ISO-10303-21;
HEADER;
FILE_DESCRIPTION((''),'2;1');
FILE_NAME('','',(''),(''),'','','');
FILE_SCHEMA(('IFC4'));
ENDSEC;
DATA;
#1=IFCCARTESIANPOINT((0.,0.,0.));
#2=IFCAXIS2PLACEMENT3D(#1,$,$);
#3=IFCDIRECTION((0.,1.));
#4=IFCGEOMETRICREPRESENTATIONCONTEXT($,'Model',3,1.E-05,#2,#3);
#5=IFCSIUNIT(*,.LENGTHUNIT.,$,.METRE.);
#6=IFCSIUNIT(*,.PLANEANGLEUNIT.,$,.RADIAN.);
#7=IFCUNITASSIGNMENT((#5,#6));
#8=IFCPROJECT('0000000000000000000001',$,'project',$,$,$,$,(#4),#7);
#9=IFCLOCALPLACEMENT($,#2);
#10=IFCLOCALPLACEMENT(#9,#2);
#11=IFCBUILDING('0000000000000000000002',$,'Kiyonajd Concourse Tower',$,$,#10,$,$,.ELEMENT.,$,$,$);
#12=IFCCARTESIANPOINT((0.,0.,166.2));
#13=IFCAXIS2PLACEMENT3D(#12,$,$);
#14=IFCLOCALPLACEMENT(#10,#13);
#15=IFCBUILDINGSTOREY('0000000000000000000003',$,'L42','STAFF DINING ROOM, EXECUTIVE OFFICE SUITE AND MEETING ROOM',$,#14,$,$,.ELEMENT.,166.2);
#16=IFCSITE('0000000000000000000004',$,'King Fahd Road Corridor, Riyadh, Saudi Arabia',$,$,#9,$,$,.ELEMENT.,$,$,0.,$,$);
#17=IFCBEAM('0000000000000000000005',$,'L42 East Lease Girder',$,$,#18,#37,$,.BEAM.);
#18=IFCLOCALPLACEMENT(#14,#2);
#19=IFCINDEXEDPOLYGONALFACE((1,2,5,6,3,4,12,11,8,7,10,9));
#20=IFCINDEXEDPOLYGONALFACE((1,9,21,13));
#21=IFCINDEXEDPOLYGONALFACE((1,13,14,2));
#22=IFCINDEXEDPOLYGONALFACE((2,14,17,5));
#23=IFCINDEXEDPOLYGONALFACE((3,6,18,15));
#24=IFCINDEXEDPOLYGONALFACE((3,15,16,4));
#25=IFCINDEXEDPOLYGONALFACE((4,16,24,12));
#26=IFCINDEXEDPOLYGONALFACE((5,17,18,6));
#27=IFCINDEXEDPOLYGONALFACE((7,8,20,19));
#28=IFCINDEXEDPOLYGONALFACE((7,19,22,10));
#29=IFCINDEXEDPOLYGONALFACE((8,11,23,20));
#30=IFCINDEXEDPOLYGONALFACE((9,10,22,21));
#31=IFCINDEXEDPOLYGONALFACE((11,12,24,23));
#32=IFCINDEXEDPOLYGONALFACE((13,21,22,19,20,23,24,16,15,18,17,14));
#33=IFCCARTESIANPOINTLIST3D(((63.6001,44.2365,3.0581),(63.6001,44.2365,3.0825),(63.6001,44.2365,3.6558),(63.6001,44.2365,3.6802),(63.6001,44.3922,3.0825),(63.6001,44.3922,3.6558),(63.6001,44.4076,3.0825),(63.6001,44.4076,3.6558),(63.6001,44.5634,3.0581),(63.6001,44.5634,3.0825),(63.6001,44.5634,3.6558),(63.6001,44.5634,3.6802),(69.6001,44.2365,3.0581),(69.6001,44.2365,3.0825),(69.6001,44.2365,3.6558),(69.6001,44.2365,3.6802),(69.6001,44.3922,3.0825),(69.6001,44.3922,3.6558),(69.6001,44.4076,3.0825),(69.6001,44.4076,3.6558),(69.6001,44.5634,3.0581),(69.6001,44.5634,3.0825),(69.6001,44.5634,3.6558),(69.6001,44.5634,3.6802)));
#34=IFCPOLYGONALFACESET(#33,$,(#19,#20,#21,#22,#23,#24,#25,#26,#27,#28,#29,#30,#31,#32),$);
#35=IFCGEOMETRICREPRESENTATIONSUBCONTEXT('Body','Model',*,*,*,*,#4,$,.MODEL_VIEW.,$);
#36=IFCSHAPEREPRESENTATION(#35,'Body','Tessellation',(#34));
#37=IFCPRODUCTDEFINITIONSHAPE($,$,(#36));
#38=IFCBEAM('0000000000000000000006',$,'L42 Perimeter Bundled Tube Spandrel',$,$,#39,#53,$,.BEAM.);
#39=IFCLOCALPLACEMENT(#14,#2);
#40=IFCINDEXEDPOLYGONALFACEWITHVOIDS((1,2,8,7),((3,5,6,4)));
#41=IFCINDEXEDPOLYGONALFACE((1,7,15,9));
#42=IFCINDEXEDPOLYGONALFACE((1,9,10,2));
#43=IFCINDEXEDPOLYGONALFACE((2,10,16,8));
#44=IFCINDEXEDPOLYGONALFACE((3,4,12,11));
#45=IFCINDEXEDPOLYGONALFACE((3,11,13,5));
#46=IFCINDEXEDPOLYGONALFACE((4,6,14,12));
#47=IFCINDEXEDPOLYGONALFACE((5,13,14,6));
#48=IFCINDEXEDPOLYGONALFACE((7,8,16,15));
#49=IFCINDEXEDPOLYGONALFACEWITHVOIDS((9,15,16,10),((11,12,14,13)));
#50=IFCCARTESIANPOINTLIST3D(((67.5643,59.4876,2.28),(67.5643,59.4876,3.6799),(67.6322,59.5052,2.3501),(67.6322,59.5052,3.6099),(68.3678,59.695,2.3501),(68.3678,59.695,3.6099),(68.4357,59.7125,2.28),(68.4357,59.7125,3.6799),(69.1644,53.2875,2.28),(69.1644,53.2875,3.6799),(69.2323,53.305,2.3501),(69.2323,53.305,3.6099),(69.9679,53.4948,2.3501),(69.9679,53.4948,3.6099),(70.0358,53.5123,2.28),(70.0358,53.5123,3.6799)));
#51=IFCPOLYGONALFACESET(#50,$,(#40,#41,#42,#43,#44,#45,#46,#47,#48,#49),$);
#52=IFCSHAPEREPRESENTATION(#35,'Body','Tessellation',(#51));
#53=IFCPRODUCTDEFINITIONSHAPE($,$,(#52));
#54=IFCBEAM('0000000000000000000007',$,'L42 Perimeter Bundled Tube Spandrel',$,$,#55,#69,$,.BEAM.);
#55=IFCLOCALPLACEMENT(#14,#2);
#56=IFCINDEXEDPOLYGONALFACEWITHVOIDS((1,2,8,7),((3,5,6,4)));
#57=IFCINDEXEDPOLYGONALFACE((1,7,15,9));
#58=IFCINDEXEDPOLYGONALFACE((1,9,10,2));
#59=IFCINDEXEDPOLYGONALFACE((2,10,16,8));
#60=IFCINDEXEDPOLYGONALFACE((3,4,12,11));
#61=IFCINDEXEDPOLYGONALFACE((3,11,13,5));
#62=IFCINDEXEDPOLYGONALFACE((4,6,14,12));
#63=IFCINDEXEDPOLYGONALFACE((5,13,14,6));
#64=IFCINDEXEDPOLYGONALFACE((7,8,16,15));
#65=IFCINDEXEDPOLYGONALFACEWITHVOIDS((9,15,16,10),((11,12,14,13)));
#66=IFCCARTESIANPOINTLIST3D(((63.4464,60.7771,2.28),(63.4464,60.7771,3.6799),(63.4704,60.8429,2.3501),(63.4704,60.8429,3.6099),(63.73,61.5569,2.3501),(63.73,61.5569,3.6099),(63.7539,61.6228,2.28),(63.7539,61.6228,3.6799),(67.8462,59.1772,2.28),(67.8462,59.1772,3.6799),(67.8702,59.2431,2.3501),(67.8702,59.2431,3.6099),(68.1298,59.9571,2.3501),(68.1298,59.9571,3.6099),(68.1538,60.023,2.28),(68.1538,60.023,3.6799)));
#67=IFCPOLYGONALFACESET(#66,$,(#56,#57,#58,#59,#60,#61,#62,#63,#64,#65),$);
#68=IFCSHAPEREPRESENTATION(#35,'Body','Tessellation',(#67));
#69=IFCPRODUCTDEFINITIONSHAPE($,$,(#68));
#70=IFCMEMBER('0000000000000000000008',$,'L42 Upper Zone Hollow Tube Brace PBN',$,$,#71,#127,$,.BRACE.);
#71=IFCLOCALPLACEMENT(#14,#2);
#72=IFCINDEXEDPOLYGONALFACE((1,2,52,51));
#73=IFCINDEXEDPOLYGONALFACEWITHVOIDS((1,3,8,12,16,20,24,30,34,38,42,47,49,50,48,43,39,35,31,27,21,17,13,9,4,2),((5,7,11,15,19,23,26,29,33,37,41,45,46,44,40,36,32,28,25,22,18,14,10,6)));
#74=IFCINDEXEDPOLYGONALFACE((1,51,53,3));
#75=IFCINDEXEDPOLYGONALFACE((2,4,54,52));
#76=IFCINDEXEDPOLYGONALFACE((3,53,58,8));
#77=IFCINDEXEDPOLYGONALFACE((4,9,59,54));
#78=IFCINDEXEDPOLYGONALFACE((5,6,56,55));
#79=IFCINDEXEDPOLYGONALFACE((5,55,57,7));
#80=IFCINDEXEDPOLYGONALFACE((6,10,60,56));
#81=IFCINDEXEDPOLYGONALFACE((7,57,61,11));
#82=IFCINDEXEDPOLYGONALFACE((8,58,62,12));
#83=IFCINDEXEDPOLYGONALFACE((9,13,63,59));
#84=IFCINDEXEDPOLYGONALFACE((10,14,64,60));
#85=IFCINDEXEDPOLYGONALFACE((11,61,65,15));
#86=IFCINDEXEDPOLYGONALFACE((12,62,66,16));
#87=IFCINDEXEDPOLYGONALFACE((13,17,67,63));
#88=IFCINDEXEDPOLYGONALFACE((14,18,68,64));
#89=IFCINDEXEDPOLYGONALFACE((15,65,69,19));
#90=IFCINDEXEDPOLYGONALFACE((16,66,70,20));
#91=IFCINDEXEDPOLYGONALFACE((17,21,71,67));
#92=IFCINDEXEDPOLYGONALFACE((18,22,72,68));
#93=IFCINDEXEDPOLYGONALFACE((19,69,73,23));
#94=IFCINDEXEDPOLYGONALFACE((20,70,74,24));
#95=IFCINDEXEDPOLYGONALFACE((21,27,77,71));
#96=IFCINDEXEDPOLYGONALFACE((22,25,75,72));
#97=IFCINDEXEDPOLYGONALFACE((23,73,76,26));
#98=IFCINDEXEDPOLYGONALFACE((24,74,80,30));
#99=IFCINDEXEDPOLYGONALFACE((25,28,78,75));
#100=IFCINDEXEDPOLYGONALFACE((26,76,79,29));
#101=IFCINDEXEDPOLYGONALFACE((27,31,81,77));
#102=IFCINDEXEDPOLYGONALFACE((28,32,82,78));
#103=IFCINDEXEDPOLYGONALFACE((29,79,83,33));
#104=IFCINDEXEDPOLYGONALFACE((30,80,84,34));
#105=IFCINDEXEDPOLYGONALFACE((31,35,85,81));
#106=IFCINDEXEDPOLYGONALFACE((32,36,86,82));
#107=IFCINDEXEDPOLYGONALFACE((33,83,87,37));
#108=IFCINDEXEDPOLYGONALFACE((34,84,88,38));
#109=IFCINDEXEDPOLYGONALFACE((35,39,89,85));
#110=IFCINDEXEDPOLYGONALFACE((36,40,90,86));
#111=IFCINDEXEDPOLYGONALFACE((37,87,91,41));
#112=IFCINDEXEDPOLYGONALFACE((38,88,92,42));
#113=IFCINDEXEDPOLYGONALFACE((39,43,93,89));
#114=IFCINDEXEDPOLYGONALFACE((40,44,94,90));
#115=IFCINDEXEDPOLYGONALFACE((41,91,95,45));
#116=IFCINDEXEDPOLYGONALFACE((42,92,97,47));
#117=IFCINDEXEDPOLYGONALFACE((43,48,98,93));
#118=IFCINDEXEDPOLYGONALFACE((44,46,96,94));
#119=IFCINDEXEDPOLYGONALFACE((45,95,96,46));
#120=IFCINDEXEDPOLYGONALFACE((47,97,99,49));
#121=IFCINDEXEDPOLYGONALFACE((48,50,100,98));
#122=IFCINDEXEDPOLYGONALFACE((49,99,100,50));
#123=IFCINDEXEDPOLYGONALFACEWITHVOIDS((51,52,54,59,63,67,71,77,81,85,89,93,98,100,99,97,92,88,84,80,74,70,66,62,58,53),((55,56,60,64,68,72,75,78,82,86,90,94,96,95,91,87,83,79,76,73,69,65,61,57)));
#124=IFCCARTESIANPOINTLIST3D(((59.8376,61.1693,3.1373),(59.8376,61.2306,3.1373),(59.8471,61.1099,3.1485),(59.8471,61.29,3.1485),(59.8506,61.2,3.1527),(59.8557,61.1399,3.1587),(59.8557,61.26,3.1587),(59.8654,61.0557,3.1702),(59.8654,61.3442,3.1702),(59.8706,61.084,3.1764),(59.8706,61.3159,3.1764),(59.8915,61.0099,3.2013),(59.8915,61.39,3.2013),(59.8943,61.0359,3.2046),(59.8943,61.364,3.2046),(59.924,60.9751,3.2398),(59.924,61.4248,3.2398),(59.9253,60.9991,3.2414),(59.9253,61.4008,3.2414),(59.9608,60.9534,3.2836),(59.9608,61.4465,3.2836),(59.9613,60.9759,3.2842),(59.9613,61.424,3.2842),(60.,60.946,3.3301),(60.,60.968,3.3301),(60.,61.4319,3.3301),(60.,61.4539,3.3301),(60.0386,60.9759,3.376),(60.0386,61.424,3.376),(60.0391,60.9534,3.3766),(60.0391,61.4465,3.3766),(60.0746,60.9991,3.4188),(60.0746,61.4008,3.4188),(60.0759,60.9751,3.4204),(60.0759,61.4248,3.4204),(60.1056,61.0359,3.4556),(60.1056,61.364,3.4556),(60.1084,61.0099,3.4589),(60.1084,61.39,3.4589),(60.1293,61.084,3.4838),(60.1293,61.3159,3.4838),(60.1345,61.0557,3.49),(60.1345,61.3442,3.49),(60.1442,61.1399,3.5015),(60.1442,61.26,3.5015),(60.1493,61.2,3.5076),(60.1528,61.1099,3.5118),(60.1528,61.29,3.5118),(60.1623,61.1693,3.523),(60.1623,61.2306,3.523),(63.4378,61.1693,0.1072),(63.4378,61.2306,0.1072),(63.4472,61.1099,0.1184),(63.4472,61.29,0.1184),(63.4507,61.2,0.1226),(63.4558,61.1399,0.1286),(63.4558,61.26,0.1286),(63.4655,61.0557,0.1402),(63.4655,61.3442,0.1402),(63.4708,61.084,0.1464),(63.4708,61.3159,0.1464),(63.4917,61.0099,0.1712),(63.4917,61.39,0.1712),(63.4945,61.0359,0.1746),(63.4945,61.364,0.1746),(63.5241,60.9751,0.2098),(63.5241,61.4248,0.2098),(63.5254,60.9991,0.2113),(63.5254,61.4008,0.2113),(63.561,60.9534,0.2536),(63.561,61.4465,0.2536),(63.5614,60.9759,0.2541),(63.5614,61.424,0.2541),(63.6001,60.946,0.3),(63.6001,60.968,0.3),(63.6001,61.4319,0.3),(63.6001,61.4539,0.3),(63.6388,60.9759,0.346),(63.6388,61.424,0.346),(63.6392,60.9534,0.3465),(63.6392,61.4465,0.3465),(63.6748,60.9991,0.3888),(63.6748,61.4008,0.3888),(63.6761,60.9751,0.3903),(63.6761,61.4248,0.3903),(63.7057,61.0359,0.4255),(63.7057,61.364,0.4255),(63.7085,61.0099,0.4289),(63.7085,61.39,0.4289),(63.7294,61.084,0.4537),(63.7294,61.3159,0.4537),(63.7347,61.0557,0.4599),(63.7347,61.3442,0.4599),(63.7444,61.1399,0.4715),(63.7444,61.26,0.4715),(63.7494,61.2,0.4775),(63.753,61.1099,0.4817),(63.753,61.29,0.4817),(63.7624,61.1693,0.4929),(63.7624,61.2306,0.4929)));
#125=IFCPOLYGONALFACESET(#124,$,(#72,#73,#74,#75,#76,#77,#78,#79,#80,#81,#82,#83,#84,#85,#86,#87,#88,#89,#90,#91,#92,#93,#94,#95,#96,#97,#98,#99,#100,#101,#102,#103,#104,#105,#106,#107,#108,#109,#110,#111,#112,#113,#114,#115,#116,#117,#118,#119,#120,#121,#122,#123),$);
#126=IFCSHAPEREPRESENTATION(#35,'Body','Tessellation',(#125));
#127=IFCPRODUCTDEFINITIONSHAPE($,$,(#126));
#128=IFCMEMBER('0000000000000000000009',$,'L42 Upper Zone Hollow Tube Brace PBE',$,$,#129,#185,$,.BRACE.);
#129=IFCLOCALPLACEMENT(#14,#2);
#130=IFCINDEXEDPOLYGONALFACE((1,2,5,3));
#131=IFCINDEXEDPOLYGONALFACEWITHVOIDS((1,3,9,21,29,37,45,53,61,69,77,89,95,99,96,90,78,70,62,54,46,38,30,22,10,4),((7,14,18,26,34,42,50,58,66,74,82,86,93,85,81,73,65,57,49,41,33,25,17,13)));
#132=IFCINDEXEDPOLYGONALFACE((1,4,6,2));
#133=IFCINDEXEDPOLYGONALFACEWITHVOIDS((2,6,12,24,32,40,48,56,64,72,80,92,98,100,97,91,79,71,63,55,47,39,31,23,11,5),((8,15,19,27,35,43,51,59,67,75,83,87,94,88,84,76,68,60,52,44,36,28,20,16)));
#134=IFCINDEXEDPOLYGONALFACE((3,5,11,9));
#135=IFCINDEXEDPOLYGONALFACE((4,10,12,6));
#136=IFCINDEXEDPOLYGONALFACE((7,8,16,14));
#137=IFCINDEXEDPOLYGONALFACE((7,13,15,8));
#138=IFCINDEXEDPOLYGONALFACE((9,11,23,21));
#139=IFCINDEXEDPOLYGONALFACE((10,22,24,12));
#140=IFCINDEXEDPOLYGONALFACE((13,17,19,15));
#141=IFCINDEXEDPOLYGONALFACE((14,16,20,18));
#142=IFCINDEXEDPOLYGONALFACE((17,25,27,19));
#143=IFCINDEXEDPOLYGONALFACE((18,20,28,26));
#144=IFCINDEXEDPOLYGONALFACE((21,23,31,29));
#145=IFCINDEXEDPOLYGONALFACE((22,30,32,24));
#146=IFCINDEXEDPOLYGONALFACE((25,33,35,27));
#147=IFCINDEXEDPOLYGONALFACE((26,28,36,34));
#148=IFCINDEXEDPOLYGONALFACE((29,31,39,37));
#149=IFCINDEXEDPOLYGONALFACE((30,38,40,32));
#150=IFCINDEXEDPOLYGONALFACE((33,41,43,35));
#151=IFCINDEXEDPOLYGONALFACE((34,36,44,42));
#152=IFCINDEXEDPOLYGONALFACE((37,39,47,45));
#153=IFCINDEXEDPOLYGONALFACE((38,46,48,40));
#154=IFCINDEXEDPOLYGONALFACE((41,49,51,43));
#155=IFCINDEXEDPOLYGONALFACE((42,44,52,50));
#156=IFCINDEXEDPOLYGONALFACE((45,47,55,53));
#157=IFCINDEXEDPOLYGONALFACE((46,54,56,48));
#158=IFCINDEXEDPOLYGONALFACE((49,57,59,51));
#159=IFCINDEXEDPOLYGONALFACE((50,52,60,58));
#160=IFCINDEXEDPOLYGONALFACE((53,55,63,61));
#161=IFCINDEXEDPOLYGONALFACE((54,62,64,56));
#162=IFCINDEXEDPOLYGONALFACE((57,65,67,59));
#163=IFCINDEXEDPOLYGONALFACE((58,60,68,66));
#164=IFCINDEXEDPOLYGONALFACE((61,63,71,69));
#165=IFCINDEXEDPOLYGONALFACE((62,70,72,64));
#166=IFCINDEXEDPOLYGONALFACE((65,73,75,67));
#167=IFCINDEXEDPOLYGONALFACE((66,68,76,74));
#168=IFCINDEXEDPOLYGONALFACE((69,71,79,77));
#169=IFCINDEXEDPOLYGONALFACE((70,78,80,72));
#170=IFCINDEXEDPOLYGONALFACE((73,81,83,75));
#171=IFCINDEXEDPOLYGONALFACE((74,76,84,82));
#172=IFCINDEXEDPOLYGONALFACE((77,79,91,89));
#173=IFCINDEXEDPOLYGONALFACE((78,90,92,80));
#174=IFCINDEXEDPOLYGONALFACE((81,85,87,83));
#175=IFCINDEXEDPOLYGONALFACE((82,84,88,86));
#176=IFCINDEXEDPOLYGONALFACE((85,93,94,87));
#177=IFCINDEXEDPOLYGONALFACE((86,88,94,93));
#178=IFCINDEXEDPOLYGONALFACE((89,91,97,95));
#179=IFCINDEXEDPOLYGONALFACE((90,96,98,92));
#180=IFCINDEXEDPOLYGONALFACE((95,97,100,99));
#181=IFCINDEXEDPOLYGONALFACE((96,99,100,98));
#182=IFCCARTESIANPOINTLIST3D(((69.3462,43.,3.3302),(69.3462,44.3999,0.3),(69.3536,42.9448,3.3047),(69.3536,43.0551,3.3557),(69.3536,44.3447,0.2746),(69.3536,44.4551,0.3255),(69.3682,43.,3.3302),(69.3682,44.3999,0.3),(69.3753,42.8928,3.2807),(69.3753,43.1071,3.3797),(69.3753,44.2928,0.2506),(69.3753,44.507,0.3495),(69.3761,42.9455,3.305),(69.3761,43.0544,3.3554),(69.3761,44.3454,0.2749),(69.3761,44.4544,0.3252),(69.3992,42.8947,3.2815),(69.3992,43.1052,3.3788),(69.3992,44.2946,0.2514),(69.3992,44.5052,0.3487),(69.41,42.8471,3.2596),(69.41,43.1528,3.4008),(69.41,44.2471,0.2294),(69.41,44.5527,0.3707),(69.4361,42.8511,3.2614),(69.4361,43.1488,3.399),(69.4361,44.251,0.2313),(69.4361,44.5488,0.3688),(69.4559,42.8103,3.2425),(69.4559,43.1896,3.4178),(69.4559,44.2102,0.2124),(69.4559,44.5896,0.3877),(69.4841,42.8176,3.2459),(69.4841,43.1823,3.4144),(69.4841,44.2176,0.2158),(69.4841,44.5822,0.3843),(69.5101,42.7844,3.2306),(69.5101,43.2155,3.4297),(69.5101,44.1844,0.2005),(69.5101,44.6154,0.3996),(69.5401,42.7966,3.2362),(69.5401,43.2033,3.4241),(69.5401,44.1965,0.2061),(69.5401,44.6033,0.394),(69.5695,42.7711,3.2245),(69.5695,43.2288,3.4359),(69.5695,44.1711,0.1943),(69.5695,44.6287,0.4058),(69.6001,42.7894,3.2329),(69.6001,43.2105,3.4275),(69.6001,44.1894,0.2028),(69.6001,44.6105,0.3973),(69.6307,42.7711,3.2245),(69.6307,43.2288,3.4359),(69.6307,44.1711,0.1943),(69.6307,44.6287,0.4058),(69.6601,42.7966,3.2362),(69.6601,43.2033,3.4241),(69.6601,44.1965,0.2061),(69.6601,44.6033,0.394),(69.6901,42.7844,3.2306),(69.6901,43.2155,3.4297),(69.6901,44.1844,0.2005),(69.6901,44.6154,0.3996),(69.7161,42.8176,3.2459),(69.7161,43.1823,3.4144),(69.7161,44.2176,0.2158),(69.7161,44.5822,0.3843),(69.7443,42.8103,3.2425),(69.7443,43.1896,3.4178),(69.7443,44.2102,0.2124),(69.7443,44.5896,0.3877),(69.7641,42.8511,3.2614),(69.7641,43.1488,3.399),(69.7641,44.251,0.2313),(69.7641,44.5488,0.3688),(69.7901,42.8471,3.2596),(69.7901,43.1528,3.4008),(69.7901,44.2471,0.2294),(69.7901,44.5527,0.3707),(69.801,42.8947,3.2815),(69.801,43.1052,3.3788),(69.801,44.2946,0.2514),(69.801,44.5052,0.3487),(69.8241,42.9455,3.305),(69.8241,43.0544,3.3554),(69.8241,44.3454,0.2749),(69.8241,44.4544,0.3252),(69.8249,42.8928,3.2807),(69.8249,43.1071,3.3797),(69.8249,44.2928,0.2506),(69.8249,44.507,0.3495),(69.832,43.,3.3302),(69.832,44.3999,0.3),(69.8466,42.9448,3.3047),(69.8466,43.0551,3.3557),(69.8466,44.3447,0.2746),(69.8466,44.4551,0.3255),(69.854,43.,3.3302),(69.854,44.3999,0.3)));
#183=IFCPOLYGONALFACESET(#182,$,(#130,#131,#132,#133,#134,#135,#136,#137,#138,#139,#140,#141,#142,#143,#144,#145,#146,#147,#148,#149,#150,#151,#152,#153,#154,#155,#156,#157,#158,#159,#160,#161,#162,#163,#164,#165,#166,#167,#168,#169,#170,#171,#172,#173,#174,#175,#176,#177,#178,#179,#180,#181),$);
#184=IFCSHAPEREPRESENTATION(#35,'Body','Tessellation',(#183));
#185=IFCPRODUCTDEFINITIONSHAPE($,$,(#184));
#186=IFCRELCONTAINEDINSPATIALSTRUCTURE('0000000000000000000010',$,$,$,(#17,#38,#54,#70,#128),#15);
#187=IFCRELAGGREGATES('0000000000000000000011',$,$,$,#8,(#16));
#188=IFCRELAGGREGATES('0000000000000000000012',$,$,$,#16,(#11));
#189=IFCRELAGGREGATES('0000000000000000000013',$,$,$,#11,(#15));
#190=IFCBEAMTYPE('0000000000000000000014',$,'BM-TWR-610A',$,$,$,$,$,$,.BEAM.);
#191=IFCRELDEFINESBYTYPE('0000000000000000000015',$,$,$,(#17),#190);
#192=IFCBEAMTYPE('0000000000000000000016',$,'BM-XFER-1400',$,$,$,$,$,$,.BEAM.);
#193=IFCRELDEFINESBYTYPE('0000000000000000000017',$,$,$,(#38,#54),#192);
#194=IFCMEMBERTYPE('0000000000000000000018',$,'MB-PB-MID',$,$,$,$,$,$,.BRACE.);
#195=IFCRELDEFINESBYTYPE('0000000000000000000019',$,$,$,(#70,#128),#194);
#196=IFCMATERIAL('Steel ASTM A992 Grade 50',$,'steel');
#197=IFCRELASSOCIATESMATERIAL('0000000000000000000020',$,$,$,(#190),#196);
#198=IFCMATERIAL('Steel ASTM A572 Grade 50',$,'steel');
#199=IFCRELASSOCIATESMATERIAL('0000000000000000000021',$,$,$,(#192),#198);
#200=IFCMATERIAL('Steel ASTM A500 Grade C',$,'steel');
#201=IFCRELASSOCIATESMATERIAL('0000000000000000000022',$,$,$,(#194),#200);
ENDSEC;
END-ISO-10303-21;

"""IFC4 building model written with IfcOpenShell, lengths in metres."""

from ifc_helpers import new_model, si_unit, direction, frame, origin, origin_2d, place, context, subcontext, project, spatial, hollow_rectangle, hollow_circle, i_section, extrude, material, material_profile, profile_set, type_object, element, save


model = new_model("IFC4")

# Units and contexts
model_context = context("Model", 3, precision=1e-05, world=origin(), true_north=direction((0.0, 1.0)))
body_context = subcontext(model_context, "Body", "Model", "MODEL_VIEW")
ifc_project = project(units=[si_unit("LENGTHUNIT", "METRE"), si_unit("PLANEANGLEUNIT", "RADIAN")], contexts=[model_context])

# Site, building, storey
site_placement = place(None, origin())
site = spatial("IfcSite", under=ifc_project, at=site_placement, Name="King Fahd Road Corridor, Riyadh, Saudi Arabia", CompositionType="ELEMENT", RefElevation=0.0)
building_placement = place(site_placement, origin())
building = spatial("IfcBuilding", under=site, at=building_placement, Name="Kiyonajd Concourse Tower", CompositionType="ELEMENT")
storey_placement = place(building_placement, frame((0.0, 0.0, 166.2)))
storey = spatial("IfcBuildingStorey", under=building, at=storey_placement, Name="L42", Description="STAFF DINING ROOM, EXECUTIVE OFFICE SUITE AND MEETING ROOM", CompositionType="ELEMENT", Elevation=166.2)

# Beams
ifc_material_1 = material(Name="Steel ASTM A992 Grade 50", Category="steel")
ifc_material_profile_1 = material_profile(ifc_material_1, i_section(OverallWidth=0.3269, OverallDepth=0.6221, WebThickness=0.0154, FlangeThickness=0.0244, at=origin_2d()), Name="W610X195")
ifc_profile_set_1 = profile_set([ifc_material_profile_1], Name="Steel ASTM A992 Grade 50")
beam_type_1 = type_object("IfcBeamType", Name="BM-TWR-610A", PredefinedType="BEAM", material=ifc_profile_set_1)
beam_1_placement = place(storey_placement, frame((63.6001, 44.3999, 3.3691), z_axis=(1.0, 0.0, 0.0), x_axis=(0.0, 1.0, 0.0)))
element("IfcBeam", 1, at=beam_1_placement, inside=storey, type_object=beam_type_1, Name="L42 East Lease Girder", PredefinedType="BEAM", context=body_context, shape_type="SweptSolid", body=[
    extrude(i_section(OverallWidth=0.3269, OverallDepth=0.6221, WebThickness=0.0154, FlangeThickness=0.0244, at=origin_2d()), origin(), (0.0, 0.0, 1.0), 6.0),
])
ifc_material_2 = material(Name="Steel ASTM A572 Grade 50", Category="steel")
ifc_material_profile_2 = material_profile(ifc_material_2, hollow_rectangle(XDim=0.8999, YDim=1.3999, WallThickness=0.0701, at=origin_2d()), Name="BOX-1400x900x70")
ifc_profile_set_2 = profile_set([ifc_material_profile_2], Name="Steel ASTM A572 Grade 50")
beam_type_2 = type_object("IfcBeamType", Name="BM-XFER-1400", PredefinedType="BEAM", material=ifc_profile_set_2)
beam_2_placement = place(storey_placement, frame((69.6001, 53.3999, 2.98), z_axis=(-0.249885, 0.968276, 0.0), x_axis=(-0.968276, -0.249885, 0.0)))
element("IfcBeam", 2, at=beam_2_placement, inside=storey, type_object=beam_type_2, Name="L42 Perimeter Bundled Tube Spandrel", PredefinedType="BEAM", context=body_context, shape_type="SweptSolid", body=[
    extrude(hollow_rectangle(XDim=0.8999, YDim=1.3999, WallThickness=0.0701, at=origin_2d()), origin(), (0.0, 0.0, 1.0), 6.4033),
])
beam_3_placement = place(storey_placement, frame((68.0, 59.6001, 2.98), z_axis=(-0.939801, 0.341722, 0.0), x_axis=(-0.341722, -0.939801, 0.0)))
element("IfcBeam", 3, at=beam_3_placement, inside=storey, type_object=beam_type_2, Name="L42 Perimeter Bundled Tube Spandrel", PredefinedType="BEAM", context=body_context, shape_type="SweptSolid", body=[
    extrude(hollow_rectangle(XDim=0.8999, YDim=1.3999, WallThickness=0.0701, at=origin_2d()), origin(), (0.0, 0.0, 1.0), 4.6816),
])

# Members
ifc_material_3 = material(Name="Steel ASTM A500 Grade C", Category="steel")
ifc_material_profile_3 = material_profile(ifc_material_3, hollow_circle(Radius=0.2539, WallThickness=0.022, at=origin_2d()), Name="CHS-508x22")
ifc_profile_set_3 = profile_set([ifc_material_profile_3], Name="Steel ASTM A500 Grade C")
member_type = type_object("IfcMemberType", Name="MB-PB-MID", PredefinedType="BRACE", material=ifc_profile_set_3)
member_1_placement = place(storey_placement, frame((63.6001, 61.2, 0.3), z_axis=(-0.765082, 0.0, 0.643933), x_axis=(0.0, -1.0, 0.0)))
element("IfcMember", 4, at=member_1_placement, inside=storey, type_object=member_type, Name="L42 Upper Zone Hollow Tube Brace PBN", PredefinedType="BRACE", context=body_context, shape_type="SweptSolid", body=[
    extrude(hollow_circle(Radius=0.2539, WallThickness=0.022, at=origin_2d()), origin(), (0.0, 0.0, 1.0), 4.7056),
])
member_2_placement = place(storey_placement, frame((69.6001, 44.3999, 0.3), z_axis=(0.0, -0.419411, 0.907797), x_axis=(1.0, 0.0, 0.0)))
element("IfcMember", 5, at=member_2_placement, inside=storey, type_object=member_type, Name="L42 Upper Zone Hollow Tube Brace PBE", PredefinedType="BRACE", context=body_context, shape_type="SweptSolid", body=[
    extrude(hollow_circle(Radius=0.2539, WallThickness=0.022, at=origin_2d()), origin(), (0.0, 0.0, 1.0), 3.3379),
])

save(model, "model.ifc")
